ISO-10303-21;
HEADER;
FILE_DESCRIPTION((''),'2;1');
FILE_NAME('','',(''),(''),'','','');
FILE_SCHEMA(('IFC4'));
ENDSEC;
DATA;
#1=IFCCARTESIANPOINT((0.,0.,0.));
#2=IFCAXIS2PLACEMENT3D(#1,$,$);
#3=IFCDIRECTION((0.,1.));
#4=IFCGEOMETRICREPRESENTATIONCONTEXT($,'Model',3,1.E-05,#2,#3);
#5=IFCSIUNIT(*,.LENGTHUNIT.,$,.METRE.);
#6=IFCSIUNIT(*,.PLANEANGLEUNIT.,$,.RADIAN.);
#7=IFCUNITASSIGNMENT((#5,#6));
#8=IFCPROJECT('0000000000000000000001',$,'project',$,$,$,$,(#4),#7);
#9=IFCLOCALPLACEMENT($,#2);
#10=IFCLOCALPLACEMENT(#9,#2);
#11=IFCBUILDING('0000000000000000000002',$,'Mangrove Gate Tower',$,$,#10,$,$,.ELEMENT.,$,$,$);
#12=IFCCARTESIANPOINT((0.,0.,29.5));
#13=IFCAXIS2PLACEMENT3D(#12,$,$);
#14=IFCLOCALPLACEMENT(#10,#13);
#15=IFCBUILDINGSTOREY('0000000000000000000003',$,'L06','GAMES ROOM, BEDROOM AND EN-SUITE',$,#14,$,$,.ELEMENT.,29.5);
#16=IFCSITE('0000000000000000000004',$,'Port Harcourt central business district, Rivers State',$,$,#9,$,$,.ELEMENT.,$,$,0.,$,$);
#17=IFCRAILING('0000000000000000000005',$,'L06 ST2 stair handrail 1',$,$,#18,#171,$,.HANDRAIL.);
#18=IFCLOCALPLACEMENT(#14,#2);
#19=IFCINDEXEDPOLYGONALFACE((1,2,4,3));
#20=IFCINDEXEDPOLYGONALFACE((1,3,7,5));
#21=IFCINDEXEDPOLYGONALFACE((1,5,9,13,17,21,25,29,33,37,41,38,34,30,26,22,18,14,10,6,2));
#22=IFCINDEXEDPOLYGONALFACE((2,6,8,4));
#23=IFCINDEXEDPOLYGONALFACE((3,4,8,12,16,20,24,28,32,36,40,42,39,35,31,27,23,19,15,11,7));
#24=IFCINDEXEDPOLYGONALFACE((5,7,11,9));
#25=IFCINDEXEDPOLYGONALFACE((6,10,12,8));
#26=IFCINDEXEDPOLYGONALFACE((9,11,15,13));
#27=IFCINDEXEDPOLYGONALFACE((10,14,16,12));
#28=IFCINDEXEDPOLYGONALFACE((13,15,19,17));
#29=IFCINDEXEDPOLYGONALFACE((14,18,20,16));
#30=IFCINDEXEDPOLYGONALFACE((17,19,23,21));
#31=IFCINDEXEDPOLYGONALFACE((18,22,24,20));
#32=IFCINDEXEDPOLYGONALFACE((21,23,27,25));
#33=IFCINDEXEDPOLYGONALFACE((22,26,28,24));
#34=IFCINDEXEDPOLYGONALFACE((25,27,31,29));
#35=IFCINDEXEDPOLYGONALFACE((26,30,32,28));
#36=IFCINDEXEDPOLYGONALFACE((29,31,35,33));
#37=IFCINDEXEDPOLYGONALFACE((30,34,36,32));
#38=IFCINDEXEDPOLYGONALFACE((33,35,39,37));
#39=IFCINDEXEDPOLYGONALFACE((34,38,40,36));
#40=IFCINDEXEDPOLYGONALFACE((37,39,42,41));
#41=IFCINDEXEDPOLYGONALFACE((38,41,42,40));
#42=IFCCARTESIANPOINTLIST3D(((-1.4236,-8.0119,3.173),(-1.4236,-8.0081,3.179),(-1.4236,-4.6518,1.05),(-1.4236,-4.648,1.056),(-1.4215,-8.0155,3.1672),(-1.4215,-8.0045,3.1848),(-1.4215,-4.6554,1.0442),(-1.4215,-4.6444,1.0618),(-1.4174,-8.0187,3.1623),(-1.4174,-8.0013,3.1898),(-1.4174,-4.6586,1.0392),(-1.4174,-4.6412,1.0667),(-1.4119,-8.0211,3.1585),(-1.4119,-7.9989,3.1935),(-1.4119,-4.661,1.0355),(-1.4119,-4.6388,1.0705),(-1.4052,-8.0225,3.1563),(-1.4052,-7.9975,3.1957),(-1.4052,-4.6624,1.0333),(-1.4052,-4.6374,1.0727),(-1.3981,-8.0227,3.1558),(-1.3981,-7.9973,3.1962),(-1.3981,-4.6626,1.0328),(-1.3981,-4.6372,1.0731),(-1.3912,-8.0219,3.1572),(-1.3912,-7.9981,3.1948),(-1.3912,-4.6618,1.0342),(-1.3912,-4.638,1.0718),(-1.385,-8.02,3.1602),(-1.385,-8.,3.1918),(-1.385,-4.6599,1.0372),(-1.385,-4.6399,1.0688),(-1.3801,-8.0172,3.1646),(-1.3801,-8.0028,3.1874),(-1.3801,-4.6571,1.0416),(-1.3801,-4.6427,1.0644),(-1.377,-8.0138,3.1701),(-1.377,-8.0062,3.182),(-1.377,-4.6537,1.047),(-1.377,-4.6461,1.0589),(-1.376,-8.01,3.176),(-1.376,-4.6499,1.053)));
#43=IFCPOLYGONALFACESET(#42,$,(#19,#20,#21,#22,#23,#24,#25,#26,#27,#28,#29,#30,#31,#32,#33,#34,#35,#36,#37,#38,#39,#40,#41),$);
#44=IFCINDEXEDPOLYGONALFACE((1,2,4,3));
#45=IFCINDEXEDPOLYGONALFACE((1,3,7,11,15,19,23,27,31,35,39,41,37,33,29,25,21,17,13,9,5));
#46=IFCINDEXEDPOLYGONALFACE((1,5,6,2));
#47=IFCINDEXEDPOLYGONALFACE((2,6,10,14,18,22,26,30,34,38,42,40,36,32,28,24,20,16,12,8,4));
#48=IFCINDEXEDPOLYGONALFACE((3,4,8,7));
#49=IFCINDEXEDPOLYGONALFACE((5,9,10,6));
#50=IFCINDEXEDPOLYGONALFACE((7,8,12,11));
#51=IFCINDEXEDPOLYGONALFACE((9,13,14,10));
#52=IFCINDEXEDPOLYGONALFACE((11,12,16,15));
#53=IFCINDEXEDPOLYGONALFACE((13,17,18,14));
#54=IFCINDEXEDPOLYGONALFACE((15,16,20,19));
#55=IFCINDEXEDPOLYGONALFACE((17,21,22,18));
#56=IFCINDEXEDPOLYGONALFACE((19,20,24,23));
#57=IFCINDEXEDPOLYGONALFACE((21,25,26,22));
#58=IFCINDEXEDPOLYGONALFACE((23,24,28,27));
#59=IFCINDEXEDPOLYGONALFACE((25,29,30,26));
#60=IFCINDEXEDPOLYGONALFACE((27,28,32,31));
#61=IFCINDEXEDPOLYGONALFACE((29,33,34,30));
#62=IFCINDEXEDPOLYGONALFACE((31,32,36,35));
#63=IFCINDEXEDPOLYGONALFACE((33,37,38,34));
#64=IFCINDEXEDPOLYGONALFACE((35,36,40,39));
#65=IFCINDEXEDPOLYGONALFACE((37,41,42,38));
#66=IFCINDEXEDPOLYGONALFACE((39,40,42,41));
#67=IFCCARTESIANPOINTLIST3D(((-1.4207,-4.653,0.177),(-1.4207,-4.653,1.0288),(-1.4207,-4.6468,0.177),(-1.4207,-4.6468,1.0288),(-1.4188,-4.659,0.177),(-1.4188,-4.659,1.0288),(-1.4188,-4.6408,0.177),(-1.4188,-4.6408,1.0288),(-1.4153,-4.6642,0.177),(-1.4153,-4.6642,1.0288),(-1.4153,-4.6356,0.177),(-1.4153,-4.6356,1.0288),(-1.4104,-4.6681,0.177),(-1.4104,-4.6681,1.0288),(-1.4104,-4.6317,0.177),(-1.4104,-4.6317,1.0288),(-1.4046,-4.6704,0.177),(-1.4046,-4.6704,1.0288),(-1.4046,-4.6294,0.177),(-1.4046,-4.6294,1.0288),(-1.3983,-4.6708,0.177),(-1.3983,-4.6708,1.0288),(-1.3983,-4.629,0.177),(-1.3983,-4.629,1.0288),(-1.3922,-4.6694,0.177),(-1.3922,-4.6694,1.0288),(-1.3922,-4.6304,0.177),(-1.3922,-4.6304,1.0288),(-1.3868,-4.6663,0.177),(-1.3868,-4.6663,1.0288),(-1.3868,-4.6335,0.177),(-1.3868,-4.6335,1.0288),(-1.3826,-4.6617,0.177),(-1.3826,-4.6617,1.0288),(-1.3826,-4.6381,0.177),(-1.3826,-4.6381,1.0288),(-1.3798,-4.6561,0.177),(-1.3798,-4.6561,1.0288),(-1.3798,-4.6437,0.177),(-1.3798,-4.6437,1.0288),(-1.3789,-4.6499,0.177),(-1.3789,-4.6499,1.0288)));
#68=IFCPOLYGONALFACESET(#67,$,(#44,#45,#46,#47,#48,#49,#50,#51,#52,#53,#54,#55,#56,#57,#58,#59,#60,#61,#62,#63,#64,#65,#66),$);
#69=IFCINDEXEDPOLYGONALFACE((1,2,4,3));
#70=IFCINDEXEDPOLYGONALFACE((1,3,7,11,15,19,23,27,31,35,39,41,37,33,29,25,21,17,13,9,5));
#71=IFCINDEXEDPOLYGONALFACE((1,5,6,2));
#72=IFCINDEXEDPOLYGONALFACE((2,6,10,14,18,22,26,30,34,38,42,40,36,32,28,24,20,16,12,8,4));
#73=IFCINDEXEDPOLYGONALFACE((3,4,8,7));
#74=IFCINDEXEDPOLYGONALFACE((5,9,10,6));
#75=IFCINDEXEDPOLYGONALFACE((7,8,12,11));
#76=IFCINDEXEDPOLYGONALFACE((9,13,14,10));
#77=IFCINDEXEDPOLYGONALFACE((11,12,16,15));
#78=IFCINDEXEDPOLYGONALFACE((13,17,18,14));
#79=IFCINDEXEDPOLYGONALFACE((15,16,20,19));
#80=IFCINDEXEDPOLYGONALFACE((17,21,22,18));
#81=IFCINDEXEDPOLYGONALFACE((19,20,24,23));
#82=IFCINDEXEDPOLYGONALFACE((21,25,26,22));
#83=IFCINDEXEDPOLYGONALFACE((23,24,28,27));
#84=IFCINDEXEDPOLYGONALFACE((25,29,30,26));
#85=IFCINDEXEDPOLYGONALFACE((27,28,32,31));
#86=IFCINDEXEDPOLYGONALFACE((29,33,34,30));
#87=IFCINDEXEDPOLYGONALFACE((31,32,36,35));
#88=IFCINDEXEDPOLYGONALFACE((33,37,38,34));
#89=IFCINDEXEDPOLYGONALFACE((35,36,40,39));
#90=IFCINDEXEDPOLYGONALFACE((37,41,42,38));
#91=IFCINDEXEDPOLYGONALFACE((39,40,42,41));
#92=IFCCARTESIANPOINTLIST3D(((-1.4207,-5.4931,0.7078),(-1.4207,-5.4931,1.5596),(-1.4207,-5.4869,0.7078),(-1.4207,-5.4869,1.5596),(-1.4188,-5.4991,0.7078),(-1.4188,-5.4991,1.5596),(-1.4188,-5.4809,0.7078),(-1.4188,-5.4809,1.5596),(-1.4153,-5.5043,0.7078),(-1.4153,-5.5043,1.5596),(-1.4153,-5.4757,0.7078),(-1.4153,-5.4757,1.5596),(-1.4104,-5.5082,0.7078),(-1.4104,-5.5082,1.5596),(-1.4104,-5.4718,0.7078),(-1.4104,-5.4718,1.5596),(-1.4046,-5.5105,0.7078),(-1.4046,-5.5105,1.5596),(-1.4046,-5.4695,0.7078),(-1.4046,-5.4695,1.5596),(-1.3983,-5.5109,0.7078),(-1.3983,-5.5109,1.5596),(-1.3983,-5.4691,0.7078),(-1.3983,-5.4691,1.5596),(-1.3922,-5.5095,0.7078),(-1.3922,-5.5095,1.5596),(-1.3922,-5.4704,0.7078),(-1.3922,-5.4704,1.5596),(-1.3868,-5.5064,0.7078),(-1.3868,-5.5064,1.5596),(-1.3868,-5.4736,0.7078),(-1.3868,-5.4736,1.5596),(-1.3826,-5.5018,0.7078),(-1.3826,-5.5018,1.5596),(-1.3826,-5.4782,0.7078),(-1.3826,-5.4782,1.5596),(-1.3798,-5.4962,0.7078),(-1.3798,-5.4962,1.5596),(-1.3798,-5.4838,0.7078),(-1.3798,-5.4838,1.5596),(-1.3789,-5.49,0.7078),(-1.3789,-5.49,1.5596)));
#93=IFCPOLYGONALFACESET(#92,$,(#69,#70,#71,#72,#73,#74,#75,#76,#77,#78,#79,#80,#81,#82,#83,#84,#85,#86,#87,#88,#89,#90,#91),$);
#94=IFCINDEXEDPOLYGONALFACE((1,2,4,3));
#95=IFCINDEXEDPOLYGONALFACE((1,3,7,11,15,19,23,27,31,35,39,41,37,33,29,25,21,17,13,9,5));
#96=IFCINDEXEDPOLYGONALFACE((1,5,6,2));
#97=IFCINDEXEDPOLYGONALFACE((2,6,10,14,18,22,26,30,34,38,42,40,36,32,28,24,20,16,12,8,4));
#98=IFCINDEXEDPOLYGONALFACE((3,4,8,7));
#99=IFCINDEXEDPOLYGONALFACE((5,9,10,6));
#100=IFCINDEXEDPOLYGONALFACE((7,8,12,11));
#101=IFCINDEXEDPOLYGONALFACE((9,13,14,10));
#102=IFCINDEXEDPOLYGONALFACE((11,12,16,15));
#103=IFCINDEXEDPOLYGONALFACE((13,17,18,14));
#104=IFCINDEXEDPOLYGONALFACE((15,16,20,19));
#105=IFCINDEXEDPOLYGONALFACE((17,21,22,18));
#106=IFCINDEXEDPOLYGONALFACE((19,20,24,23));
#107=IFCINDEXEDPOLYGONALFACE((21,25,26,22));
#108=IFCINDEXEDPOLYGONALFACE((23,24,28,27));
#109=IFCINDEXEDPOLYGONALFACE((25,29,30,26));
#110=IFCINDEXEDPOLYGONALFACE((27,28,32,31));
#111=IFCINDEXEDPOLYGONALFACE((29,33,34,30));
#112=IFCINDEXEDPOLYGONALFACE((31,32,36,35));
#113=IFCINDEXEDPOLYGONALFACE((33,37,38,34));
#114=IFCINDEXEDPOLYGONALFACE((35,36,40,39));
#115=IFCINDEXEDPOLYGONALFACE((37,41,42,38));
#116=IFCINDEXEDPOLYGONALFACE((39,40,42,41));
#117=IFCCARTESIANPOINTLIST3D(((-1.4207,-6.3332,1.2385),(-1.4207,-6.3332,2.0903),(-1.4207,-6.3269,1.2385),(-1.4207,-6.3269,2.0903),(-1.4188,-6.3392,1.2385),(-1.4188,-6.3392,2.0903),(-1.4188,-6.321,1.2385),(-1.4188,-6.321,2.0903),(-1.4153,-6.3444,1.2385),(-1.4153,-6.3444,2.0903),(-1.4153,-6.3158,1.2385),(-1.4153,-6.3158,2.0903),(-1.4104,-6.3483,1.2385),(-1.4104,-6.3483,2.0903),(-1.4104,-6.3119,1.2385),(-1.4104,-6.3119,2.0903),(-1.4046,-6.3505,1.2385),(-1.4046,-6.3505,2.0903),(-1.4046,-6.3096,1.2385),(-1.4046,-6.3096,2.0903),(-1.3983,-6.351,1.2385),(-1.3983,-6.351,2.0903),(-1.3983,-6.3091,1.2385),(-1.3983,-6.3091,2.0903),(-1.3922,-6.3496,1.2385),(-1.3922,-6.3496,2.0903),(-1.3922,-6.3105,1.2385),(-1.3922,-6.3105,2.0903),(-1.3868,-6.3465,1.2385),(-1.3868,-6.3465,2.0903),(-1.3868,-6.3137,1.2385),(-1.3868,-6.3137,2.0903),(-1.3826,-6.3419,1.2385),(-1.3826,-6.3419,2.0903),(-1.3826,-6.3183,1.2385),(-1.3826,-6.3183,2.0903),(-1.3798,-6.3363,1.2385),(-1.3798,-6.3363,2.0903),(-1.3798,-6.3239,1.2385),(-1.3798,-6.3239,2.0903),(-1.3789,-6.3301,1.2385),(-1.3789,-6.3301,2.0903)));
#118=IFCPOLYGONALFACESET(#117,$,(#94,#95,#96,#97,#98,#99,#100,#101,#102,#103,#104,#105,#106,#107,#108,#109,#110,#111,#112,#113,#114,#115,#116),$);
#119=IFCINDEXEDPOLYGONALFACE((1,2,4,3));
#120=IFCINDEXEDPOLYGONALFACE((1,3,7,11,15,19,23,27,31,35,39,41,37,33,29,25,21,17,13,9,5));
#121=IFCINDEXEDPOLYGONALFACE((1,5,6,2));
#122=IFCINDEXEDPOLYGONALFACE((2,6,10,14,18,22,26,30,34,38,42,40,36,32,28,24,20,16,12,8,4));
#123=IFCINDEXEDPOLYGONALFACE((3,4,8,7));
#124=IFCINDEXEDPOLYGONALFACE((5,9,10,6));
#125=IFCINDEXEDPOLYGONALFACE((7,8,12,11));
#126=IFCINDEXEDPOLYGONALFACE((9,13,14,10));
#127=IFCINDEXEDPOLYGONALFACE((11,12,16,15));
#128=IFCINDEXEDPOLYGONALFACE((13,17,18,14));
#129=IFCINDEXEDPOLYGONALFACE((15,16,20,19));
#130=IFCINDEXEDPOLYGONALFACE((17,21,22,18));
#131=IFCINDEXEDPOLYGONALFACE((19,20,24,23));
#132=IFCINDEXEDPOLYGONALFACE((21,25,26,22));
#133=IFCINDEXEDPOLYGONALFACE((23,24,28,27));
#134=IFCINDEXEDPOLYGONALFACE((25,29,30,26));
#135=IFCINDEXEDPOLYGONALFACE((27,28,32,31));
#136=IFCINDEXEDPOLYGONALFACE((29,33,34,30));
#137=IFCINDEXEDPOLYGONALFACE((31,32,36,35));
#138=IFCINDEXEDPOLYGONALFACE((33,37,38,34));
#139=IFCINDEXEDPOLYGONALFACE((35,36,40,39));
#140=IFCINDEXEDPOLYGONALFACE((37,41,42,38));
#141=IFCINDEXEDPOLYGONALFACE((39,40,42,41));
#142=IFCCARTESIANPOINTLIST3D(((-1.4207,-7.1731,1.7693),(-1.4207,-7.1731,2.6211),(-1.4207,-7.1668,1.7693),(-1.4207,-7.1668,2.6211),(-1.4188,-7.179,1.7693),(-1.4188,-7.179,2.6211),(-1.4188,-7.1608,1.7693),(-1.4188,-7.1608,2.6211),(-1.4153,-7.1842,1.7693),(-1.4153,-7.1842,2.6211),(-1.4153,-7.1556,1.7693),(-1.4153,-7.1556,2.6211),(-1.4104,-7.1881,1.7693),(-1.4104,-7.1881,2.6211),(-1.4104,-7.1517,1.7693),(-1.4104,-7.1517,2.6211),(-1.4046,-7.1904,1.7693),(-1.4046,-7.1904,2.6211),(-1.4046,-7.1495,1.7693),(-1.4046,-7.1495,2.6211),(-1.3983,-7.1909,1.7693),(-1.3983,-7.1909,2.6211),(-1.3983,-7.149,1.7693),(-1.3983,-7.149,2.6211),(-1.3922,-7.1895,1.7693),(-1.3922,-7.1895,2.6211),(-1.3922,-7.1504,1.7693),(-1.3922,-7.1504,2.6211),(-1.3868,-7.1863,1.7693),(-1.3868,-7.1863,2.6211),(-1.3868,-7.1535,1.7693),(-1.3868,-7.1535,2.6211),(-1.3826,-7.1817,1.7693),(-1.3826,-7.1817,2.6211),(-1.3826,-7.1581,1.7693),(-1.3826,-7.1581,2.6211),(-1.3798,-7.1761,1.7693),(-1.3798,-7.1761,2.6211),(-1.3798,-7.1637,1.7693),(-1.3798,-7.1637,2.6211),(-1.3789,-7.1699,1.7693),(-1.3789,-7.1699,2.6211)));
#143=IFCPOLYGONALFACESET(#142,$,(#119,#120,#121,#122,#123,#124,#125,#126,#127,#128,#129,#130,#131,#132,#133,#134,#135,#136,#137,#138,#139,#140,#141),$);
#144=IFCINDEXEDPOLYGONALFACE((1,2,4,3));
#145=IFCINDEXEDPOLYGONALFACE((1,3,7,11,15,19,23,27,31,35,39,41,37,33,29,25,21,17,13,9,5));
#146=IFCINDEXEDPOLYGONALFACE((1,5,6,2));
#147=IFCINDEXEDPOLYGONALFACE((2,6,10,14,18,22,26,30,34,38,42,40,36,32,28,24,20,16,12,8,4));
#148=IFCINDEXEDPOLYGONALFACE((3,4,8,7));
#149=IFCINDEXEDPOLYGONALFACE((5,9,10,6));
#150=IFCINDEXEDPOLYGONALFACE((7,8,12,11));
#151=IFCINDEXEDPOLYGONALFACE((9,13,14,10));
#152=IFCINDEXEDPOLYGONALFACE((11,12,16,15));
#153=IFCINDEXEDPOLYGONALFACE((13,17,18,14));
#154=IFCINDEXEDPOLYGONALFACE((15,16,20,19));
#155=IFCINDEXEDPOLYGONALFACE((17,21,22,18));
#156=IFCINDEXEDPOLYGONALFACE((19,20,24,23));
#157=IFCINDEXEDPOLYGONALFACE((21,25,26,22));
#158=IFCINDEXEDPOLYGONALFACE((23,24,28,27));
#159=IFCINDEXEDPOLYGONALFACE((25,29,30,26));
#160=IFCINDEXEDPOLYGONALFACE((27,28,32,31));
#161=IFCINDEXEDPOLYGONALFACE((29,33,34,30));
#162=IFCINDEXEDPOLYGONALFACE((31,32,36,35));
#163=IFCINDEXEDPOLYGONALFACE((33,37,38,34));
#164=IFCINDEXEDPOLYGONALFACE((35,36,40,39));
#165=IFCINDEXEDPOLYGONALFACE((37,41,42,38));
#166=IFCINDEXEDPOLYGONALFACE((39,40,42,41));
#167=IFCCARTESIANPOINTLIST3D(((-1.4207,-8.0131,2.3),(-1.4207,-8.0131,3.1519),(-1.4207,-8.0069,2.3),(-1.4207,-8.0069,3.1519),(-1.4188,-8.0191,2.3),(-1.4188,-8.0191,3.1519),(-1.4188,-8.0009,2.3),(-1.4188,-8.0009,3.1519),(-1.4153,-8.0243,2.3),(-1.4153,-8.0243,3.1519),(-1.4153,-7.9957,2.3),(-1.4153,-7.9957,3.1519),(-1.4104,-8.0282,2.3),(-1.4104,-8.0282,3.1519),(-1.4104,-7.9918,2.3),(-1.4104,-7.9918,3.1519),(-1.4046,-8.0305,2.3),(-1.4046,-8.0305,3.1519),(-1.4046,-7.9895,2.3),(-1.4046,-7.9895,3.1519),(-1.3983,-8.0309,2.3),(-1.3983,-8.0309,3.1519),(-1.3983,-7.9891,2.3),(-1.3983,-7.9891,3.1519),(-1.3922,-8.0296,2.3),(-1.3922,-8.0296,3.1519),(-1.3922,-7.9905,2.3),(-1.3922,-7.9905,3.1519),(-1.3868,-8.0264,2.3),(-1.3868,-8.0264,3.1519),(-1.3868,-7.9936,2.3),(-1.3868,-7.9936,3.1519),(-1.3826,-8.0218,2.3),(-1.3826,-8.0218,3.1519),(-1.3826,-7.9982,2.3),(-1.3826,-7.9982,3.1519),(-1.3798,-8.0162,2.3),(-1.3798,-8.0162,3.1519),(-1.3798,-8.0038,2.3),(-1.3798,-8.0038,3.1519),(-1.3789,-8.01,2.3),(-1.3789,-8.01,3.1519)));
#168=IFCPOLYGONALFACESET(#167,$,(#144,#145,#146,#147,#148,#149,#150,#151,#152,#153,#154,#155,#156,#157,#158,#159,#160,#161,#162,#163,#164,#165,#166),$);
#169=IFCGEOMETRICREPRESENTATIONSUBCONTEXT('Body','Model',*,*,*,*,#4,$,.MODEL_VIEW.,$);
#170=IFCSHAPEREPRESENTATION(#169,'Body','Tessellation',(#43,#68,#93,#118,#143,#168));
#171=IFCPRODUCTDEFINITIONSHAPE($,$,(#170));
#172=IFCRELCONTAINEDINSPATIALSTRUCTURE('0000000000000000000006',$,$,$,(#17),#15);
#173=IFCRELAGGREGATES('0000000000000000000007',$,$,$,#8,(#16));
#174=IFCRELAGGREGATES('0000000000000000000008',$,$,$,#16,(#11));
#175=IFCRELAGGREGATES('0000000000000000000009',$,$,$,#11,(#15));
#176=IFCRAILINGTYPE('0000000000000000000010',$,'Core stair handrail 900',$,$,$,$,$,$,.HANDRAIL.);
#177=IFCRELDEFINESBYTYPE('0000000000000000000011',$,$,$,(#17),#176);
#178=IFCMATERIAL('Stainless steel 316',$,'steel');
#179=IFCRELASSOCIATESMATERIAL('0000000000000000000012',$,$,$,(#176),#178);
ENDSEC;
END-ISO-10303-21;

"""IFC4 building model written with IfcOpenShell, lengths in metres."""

from ifc_helpers import new_model, si_unit, direction, frame, origin, origin_2d, place, context, subcontext, project, spatial, circle, extrude, material, type_object, element, save


model = new_model("IFC4")

# Units and contexts
model_context = context("Model", 3, precision=1e-05, world=origin(), true_north=direction((0.0, 1.0)))
body_context = subcontext(model_context, "Body", "Model", "MODEL_VIEW")
ifc_project = project(units=[si_unit("LENGTHUNIT", "METRE"), si_unit("PLANEANGLEUNIT", "RADIAN")], contexts=[model_context])

# Site, building, storey
site_placement = place(None, origin())
site = spatial("IfcSite", under=ifc_project, at=site_placement, Name="Port Harcourt central business district, Rivers State", CompositionType="ELEMENT", RefElevation=0.0)
building_placement = place(site_placement, origin())
building = spatial("IfcBuilding", under=site, at=building_placement, Name="Mangrove Gate Tower", CompositionType="ELEMENT")
storey_placement = place(building_placement, frame((0.0, 0.0, 29.5)))
storey = spatial("IfcBuildingStorey", under=building, at=storey_placement, Name="L06", Description="GAMES ROOM, BEDROOM AND EN-SUITE", CompositionType="ELEMENT", Elevation=29.5)

# Railing
ifc_material_1 = material(Name="Stainless steel 316", Category="steel")
railing_type_1 = type_object("IfcRailingType", Name="Core stair handrail 900", PredefinedType="HANDRAIL", material=ifc_material_1)
railing_1_placement = place(storey_placement, frame((-1.3999, -4.6499, 0.177)))
element("IfcRailing", 1, at=railing_1_placement, inside=storey, type_object=railing_type_1, Name="L06 ST2 stair handrail 1", PredefinedType="HANDRAIL", context=body_context, shape_type="SweptSolid", body=[
    extrude(circle(Radius=0.0239, at=origin_2d()), frame((0.0, 0.0, 0.876), z_axis=(0.0, -0.84539, 0.53415), x_axis=(1.0, 0.0, 0.0)), (0.0, 0.0, 1.0), 3.9746),
    extrude(circle(Radius=0.021, at=origin_2d()), origin(), (0.0, 0.0, 1.0), 0.8518),
    extrude(circle(Radius=0.021, at=origin_2d()), frame((0.0, -0.8401, 0.5308)), (0.0, 0.0, 1.0), 0.8518),
    extrude(circle(Radius=0.021, at=origin_2d()), frame((0.0, -1.6802, 1.0615)), (0.0, 0.0, 1.0), 0.8518),
    extrude(circle(Radius=0.021, at=origin_2d()), frame((0.0, -2.52, 1.5923)), (0.0, 0.0, 1.0), 0.8518),
    extrude(circle(Radius=0.021, at=origin_2d()), frame((0.0, -3.3601, 2.123)), (0.0, 0.0, 1.0), 0.8518),
])

save(model, "model.ifc")
